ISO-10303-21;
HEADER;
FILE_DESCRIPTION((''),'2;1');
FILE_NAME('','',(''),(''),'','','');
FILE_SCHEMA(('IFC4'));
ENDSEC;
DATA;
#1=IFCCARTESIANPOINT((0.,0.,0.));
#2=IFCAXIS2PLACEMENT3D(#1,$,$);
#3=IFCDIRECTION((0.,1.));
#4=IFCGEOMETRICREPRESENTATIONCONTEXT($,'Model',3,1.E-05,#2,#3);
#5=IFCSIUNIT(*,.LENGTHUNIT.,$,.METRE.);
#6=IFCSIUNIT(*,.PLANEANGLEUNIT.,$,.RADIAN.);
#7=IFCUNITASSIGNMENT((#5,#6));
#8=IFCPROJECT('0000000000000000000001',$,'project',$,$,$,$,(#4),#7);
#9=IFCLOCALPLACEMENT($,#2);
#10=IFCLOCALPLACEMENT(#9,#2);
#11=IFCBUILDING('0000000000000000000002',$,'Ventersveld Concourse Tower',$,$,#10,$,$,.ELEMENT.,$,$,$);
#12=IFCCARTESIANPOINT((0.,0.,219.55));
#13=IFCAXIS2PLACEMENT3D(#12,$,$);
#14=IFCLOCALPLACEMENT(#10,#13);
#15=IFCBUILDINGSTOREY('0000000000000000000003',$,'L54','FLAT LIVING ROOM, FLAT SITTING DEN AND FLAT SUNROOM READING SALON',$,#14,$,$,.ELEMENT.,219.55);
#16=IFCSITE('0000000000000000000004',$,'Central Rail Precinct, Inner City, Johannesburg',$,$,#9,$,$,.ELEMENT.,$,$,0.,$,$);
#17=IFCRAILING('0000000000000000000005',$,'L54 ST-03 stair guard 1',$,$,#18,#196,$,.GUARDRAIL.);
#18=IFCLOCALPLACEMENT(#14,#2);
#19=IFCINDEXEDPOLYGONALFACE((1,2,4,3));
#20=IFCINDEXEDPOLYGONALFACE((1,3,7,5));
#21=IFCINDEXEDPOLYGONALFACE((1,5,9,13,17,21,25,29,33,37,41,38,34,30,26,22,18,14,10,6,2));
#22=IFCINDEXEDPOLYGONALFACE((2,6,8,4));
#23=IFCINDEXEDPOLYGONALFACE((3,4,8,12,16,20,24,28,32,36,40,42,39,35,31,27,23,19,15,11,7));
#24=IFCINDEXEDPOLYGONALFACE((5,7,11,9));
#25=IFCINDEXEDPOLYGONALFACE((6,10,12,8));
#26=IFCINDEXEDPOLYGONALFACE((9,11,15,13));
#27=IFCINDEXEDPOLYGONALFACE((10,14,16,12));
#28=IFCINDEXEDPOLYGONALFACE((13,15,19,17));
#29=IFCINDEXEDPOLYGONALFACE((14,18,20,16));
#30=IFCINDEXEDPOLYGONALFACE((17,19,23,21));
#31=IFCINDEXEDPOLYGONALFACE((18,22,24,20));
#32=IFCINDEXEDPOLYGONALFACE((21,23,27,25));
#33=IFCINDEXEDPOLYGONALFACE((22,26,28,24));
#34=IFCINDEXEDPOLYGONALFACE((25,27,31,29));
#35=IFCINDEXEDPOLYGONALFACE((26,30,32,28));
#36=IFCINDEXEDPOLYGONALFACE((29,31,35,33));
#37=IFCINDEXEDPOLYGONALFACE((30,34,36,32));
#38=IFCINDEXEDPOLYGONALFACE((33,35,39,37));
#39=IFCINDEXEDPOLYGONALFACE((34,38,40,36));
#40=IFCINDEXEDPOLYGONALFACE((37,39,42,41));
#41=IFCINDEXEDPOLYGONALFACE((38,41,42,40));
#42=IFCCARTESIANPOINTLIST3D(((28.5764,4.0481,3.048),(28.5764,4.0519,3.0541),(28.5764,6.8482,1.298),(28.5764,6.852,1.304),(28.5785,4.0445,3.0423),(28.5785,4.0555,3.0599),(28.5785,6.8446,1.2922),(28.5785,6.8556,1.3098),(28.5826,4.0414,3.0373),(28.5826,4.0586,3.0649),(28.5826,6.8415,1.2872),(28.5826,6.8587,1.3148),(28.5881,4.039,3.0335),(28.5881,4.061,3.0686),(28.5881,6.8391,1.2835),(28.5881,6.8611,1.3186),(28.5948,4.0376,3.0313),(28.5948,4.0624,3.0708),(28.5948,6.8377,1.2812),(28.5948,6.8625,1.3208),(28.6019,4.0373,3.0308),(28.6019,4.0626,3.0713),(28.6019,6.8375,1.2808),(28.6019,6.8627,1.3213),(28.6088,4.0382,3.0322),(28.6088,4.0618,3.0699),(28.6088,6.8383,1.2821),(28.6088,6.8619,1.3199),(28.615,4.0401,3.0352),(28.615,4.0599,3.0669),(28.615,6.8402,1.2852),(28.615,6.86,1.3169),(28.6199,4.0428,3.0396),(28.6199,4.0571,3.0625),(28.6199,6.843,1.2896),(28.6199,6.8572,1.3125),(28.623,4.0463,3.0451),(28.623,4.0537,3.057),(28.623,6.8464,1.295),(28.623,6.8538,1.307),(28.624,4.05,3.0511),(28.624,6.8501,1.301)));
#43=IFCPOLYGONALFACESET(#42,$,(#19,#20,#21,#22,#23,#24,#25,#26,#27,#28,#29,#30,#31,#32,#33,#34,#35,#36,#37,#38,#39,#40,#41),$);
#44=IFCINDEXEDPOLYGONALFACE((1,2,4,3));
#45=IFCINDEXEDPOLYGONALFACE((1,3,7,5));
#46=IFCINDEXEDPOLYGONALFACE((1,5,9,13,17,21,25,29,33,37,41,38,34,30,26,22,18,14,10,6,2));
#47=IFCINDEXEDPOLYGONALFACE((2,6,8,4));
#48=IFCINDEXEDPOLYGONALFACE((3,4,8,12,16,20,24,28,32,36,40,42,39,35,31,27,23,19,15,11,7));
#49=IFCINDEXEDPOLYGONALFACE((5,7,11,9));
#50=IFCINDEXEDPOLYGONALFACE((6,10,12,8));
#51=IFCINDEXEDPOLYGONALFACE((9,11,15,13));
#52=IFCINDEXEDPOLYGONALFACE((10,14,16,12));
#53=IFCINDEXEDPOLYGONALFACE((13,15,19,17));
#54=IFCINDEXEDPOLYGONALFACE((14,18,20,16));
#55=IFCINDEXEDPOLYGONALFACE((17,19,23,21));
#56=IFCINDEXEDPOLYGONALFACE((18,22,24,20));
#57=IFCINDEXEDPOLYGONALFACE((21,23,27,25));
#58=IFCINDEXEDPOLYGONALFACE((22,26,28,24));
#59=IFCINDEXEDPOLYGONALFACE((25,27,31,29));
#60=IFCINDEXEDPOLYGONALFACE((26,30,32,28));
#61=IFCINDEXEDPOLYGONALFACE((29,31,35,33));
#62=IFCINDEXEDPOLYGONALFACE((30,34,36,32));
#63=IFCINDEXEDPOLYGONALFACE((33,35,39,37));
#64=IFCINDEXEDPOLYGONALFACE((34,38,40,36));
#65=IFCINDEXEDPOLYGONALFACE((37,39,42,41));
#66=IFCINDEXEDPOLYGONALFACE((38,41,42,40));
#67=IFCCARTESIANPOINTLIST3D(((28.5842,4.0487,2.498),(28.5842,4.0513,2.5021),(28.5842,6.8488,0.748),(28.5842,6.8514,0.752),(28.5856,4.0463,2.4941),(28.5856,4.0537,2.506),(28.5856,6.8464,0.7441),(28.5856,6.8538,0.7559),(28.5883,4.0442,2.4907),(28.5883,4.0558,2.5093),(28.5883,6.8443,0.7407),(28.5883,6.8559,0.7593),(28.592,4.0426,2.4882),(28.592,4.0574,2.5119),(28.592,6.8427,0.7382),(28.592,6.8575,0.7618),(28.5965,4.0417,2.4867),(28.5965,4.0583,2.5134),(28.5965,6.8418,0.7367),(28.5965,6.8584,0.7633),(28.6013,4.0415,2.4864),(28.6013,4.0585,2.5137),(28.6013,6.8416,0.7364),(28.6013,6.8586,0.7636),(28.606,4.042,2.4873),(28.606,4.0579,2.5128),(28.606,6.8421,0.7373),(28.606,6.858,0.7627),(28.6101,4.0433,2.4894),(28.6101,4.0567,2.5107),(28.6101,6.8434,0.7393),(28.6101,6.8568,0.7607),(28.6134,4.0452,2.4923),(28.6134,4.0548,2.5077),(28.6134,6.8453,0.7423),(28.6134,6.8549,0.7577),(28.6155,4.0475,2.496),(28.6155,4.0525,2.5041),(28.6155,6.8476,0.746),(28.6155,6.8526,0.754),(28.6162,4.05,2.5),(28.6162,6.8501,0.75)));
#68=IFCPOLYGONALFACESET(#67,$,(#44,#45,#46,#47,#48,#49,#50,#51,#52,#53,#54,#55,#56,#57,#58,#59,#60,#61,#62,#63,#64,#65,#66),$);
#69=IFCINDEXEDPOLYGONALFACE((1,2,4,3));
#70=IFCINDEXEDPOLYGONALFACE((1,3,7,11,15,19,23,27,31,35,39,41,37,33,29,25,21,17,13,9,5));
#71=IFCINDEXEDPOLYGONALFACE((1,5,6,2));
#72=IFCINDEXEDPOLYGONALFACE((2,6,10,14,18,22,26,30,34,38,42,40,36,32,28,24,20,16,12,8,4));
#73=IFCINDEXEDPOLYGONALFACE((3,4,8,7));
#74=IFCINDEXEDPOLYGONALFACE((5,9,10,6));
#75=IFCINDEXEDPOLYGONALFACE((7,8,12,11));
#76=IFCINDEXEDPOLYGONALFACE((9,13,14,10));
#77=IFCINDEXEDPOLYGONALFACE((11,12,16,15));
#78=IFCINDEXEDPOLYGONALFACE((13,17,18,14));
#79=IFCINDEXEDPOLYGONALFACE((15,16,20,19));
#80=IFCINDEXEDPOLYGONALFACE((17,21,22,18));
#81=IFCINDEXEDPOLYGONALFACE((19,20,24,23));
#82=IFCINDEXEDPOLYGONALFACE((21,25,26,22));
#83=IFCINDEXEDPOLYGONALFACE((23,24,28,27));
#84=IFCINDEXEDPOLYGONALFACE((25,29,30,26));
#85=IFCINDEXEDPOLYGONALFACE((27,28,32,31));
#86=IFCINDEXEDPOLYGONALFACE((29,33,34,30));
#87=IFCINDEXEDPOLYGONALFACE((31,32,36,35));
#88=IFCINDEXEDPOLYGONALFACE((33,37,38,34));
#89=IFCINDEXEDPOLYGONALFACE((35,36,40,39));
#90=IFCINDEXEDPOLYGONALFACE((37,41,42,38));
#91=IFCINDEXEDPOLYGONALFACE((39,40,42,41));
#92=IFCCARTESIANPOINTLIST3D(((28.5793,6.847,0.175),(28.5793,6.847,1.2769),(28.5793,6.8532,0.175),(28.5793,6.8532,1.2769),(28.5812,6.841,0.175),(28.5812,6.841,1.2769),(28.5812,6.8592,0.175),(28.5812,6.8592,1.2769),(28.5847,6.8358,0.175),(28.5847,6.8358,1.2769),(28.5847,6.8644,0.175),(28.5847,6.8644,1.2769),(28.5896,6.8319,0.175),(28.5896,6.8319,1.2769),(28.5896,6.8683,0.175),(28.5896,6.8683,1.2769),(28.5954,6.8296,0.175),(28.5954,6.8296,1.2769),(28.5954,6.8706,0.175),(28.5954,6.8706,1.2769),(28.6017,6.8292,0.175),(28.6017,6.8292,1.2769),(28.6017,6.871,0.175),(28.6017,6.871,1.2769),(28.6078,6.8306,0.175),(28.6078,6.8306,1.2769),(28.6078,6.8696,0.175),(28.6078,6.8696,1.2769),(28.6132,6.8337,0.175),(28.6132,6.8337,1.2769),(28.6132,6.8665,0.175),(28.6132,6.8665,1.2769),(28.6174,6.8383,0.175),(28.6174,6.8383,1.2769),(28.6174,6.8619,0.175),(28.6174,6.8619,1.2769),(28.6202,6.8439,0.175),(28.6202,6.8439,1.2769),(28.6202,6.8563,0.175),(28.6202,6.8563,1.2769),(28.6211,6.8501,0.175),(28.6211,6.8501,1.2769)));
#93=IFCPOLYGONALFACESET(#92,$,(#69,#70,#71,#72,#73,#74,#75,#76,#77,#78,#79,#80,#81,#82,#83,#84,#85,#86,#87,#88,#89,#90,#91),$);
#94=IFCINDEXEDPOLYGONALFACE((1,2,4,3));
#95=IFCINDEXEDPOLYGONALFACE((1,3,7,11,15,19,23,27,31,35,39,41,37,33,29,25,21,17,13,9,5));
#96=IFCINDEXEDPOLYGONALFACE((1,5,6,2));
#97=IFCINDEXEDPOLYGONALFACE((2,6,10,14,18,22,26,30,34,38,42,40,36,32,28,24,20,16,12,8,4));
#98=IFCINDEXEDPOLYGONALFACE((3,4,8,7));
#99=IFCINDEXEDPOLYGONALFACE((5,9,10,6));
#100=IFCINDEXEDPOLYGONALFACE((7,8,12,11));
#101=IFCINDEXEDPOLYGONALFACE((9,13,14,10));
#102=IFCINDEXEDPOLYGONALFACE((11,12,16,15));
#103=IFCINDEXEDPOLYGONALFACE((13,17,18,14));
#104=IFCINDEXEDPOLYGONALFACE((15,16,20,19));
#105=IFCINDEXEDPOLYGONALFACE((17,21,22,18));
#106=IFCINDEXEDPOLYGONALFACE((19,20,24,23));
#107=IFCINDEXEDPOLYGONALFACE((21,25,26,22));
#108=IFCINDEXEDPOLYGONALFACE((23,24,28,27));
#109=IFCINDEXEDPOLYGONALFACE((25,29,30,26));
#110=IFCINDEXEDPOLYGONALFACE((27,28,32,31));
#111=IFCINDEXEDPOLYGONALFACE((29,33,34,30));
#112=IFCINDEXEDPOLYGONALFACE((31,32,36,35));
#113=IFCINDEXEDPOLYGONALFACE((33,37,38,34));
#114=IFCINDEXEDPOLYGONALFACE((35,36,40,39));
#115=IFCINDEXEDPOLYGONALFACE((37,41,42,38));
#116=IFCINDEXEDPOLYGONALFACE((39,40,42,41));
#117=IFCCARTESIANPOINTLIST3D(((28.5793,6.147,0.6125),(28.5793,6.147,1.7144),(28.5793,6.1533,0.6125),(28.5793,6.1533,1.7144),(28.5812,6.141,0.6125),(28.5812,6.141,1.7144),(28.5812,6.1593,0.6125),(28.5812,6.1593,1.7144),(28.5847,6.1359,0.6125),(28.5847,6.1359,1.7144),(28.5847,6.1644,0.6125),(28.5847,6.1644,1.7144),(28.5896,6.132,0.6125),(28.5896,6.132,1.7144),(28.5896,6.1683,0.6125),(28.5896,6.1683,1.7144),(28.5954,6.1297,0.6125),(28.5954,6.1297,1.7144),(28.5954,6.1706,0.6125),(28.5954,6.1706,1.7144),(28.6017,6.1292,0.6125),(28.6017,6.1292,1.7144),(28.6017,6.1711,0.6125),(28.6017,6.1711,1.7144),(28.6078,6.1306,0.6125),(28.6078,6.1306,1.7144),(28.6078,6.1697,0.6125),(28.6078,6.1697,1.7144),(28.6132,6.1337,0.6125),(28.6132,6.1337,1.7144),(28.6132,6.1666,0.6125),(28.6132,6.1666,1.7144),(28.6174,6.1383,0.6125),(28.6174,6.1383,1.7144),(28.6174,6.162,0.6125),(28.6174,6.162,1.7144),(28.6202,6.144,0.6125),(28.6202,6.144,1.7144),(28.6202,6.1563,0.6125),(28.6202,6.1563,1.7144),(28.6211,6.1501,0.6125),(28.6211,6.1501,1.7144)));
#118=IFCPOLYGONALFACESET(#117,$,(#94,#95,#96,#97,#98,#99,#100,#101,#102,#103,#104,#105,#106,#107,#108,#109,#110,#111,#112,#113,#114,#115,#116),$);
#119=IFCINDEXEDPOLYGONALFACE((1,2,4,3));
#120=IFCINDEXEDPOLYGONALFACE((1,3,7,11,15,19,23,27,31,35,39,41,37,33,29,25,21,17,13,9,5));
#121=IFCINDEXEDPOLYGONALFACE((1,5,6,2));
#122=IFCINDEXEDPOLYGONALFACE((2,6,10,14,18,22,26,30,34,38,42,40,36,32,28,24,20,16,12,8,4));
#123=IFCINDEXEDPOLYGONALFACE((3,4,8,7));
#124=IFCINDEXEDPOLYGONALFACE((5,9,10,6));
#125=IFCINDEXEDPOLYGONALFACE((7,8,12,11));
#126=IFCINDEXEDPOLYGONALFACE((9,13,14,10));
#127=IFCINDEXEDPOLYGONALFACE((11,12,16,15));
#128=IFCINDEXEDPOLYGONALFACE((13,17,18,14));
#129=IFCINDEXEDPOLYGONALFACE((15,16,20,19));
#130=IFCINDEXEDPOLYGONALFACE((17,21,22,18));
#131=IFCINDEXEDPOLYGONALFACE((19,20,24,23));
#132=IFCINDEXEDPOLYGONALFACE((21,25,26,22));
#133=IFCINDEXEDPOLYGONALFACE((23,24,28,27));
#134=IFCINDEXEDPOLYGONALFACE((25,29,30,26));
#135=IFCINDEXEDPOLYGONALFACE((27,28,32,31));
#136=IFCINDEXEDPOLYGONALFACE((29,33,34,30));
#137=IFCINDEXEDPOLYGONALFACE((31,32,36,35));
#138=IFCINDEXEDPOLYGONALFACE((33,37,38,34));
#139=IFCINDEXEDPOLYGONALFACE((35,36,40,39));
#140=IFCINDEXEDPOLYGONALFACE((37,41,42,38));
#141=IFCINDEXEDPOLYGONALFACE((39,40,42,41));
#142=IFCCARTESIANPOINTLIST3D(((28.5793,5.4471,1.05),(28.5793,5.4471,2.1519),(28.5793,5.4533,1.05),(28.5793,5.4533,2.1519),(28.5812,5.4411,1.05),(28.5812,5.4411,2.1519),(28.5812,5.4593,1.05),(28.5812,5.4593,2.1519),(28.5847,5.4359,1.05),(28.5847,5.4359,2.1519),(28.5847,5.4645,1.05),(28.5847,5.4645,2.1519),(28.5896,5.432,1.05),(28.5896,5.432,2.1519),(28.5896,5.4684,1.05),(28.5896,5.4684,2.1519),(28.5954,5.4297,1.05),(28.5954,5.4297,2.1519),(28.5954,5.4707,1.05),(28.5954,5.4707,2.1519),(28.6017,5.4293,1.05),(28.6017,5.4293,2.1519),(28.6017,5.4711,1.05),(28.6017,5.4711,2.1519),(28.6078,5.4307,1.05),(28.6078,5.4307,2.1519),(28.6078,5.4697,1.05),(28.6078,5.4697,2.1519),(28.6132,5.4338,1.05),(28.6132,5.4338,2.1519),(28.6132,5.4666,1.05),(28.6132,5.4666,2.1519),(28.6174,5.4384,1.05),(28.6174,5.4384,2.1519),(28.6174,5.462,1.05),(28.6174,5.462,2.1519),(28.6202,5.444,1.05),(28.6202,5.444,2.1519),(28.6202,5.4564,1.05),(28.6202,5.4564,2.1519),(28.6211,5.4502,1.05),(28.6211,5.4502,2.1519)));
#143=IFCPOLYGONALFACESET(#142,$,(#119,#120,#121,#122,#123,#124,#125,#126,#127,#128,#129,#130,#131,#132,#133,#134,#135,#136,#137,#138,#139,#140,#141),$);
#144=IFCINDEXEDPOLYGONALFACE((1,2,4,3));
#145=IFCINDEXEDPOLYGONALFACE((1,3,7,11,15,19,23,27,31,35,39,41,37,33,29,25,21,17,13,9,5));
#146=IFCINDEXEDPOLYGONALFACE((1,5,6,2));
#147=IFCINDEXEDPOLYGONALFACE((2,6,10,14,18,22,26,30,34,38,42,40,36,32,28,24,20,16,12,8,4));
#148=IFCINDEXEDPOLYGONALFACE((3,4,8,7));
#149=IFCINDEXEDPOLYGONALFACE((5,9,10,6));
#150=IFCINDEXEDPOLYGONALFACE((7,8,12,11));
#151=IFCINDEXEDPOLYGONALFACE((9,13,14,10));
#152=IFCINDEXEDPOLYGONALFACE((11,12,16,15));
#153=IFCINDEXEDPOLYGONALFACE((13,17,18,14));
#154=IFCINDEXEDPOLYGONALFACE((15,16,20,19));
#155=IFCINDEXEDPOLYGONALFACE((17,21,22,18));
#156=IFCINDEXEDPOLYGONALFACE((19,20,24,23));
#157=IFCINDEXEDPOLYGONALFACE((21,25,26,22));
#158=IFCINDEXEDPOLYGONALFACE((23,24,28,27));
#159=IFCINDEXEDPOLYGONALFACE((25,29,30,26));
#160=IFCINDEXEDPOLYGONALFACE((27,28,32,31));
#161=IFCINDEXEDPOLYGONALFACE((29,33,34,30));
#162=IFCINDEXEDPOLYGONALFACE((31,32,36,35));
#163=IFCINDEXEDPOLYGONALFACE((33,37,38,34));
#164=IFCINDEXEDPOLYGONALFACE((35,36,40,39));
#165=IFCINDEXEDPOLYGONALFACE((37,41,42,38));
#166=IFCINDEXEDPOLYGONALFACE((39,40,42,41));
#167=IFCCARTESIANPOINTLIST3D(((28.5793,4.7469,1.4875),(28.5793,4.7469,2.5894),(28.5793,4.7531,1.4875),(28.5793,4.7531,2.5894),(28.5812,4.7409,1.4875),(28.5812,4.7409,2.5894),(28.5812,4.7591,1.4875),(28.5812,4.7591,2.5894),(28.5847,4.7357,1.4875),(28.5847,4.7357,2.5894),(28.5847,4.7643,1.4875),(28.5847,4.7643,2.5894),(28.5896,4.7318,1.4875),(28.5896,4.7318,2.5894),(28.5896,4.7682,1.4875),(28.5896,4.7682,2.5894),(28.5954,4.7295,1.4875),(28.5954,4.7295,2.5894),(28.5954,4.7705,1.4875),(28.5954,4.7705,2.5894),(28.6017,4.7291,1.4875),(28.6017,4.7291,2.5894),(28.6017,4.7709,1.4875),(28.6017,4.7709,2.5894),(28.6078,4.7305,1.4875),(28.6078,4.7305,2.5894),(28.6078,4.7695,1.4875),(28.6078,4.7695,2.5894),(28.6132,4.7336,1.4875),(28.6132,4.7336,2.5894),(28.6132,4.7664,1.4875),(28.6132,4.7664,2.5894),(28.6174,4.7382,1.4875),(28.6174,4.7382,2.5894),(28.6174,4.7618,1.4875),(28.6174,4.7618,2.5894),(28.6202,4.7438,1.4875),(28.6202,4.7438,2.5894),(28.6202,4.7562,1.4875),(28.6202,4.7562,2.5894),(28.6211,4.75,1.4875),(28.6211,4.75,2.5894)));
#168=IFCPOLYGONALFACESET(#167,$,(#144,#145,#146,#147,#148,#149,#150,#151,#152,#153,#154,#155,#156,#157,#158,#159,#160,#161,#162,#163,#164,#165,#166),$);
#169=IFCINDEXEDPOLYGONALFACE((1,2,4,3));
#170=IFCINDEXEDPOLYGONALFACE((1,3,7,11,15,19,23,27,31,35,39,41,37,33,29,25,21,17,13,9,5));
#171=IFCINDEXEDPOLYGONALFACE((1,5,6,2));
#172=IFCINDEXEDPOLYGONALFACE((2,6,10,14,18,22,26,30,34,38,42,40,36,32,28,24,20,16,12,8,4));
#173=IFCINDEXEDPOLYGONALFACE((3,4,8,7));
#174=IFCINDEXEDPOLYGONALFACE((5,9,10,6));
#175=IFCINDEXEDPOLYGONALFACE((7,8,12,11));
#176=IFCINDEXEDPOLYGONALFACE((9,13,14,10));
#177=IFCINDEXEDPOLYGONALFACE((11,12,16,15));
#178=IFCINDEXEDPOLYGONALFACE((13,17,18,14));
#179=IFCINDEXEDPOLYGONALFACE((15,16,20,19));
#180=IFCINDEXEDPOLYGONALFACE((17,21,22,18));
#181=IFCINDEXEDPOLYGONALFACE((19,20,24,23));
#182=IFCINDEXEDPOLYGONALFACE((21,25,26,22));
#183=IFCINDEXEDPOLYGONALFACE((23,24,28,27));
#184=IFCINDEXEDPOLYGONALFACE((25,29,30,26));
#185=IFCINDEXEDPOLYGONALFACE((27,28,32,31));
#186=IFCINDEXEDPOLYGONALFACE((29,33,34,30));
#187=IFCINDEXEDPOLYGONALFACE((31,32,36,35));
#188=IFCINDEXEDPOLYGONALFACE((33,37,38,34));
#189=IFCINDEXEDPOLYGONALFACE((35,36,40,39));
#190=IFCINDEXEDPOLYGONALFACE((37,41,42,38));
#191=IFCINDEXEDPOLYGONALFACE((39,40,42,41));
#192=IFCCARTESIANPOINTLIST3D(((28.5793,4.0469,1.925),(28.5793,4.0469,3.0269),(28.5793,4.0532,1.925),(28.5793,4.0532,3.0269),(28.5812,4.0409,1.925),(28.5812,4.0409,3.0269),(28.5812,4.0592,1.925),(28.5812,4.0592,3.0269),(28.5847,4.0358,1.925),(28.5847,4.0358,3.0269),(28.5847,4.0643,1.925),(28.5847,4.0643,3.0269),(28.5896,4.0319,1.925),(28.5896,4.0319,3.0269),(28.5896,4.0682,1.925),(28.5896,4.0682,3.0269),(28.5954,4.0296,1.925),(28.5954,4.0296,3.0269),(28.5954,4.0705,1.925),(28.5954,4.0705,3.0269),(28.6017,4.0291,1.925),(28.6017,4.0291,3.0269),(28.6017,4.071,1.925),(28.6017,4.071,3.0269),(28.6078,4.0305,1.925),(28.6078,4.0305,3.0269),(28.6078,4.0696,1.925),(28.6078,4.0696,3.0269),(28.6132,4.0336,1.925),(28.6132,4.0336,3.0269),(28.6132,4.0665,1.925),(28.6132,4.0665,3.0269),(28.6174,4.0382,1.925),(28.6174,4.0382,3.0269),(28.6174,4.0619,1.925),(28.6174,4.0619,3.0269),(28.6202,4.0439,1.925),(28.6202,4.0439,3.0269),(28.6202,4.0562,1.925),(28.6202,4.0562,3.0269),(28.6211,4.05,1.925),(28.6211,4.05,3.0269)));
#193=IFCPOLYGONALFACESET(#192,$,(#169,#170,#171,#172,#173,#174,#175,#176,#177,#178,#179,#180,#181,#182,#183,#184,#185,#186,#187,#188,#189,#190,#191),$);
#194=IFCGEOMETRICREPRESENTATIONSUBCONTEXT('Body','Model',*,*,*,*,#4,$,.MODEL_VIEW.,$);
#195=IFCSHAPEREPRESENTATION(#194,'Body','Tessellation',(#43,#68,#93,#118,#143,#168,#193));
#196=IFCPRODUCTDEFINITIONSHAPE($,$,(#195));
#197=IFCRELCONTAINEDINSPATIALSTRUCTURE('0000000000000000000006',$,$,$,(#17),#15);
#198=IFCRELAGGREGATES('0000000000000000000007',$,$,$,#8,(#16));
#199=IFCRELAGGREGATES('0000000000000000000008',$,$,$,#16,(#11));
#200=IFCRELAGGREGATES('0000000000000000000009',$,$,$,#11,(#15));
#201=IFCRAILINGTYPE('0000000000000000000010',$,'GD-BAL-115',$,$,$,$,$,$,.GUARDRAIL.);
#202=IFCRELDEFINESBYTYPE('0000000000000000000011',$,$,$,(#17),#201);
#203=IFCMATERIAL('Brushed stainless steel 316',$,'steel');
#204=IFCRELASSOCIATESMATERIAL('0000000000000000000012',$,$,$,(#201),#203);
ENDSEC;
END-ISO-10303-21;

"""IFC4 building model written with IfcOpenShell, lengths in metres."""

from ifc_helpers import new_model, si_unit, direction, frame, origin, origin_2d, place, context, subcontext, project, spatial, circle, extrude, material, type_object, element, save


model = new_model("IFC4")

# Units and contexts
model_context = context("Model", 3, precision=1e-05, world=origin(), true_north=direction((0.0, 1.0)))
body_context = subcontext(model_context, "Body", "Model", "MODEL_VIEW")
ifc_project = project(units=[si_unit("LENGTHUNIT", "METRE"), si_unit("PLANEANGLEUNIT", "RADIAN")], contexts=[model_context])

# Site, building, storey
site_placement = place(None, origin())
site = spatial("IfcSite", under=ifc_project, at=site_placement, Name="Central Rail Precinct, Inner City, Johannesburg", CompositionType="ELEMENT", RefElevation=0.0)
building_placement = place(site_placement, origin())
building = spatial("IfcBuilding", under=site, at=building_placement, Name="Ventersveld Concourse Tower", CompositionType="ELEMENT")
storey_placement = place(building_placement, frame((0.0, 0.0, 219.55)))
storey = spatial("IfcBuildingStorey", under=building, at=storey_placement, Name="L54", Description="FLAT LIVING ROOM, FLAT SITTING DEN AND FLAT SUNROOM READING SALON", CompositionType="ELEMENT", Elevation=219.55)

# Shared definitions
ifc_material_1 = material(Name="Brushed stainless steel 316", Category="steel")

# Railing
railing_type_1 = type_object("IfcRailingType", Name="GD-BAL-115", PredefinedType="GUARDRAIL", material=ifc_material_1)
railing_1_placement = place(storey_placement, frame((28.6001, 6.8501, 0.175)))
element("IfcRailing", 1, at=railing_1_placement, inside=storey, type_object=railing_type_1, Name="L54 ST-03 stair guard 1", PredefinedType="GUARDRAIL", context=body_context, shape_type="SweptSolid", body=[
    extrude(circle(Radius=0.0239, at=origin_2d()), frame((0.0, 0.0, 1.126), z_axis=(0.0, -0.848002, 0.529992), x_axis=(1.0, 0.0, 0.0)), (0.0, 0.0, 1.0), 3.302),
    extrude(circle(Radius=0.0161, at=origin_2d()), frame((0.0, 0.0, 0.575), z_axis=(0.0, -0.848002, 0.529992), x_axis=(1.0, 0.0, 0.0)), (0.0, 0.0, 1.0), 3.302),
    extrude(circle(Radius=0.021, at=origin_2d()), origin(), (0.0, 0.0, 1.0), 1.1018),
    extrude(circle(Radius=0.021, at=origin_2d()), frame((0.0, -0.7, 0.4375)), (0.0, 0.0, 1.0), 1.1018),
    extrude(circle(Radius=0.021, at=origin_2d()), frame((0.0, -1.3999, 0.875)), (0.0, 0.0, 1.0), 1.1018),
    extrude(circle(Radius=0.021, at=origin_2d()), frame((0.0, -2.1001, 1.3125)), (0.0, 0.0, 1.0), 1.1018),
    extrude(circle(Radius=0.021, at=origin_2d()), frame((0.0, -2.8, 1.75)), (0.0, 0.0, 1.0), 1.1018),
])

save(model, "model.ifc")
